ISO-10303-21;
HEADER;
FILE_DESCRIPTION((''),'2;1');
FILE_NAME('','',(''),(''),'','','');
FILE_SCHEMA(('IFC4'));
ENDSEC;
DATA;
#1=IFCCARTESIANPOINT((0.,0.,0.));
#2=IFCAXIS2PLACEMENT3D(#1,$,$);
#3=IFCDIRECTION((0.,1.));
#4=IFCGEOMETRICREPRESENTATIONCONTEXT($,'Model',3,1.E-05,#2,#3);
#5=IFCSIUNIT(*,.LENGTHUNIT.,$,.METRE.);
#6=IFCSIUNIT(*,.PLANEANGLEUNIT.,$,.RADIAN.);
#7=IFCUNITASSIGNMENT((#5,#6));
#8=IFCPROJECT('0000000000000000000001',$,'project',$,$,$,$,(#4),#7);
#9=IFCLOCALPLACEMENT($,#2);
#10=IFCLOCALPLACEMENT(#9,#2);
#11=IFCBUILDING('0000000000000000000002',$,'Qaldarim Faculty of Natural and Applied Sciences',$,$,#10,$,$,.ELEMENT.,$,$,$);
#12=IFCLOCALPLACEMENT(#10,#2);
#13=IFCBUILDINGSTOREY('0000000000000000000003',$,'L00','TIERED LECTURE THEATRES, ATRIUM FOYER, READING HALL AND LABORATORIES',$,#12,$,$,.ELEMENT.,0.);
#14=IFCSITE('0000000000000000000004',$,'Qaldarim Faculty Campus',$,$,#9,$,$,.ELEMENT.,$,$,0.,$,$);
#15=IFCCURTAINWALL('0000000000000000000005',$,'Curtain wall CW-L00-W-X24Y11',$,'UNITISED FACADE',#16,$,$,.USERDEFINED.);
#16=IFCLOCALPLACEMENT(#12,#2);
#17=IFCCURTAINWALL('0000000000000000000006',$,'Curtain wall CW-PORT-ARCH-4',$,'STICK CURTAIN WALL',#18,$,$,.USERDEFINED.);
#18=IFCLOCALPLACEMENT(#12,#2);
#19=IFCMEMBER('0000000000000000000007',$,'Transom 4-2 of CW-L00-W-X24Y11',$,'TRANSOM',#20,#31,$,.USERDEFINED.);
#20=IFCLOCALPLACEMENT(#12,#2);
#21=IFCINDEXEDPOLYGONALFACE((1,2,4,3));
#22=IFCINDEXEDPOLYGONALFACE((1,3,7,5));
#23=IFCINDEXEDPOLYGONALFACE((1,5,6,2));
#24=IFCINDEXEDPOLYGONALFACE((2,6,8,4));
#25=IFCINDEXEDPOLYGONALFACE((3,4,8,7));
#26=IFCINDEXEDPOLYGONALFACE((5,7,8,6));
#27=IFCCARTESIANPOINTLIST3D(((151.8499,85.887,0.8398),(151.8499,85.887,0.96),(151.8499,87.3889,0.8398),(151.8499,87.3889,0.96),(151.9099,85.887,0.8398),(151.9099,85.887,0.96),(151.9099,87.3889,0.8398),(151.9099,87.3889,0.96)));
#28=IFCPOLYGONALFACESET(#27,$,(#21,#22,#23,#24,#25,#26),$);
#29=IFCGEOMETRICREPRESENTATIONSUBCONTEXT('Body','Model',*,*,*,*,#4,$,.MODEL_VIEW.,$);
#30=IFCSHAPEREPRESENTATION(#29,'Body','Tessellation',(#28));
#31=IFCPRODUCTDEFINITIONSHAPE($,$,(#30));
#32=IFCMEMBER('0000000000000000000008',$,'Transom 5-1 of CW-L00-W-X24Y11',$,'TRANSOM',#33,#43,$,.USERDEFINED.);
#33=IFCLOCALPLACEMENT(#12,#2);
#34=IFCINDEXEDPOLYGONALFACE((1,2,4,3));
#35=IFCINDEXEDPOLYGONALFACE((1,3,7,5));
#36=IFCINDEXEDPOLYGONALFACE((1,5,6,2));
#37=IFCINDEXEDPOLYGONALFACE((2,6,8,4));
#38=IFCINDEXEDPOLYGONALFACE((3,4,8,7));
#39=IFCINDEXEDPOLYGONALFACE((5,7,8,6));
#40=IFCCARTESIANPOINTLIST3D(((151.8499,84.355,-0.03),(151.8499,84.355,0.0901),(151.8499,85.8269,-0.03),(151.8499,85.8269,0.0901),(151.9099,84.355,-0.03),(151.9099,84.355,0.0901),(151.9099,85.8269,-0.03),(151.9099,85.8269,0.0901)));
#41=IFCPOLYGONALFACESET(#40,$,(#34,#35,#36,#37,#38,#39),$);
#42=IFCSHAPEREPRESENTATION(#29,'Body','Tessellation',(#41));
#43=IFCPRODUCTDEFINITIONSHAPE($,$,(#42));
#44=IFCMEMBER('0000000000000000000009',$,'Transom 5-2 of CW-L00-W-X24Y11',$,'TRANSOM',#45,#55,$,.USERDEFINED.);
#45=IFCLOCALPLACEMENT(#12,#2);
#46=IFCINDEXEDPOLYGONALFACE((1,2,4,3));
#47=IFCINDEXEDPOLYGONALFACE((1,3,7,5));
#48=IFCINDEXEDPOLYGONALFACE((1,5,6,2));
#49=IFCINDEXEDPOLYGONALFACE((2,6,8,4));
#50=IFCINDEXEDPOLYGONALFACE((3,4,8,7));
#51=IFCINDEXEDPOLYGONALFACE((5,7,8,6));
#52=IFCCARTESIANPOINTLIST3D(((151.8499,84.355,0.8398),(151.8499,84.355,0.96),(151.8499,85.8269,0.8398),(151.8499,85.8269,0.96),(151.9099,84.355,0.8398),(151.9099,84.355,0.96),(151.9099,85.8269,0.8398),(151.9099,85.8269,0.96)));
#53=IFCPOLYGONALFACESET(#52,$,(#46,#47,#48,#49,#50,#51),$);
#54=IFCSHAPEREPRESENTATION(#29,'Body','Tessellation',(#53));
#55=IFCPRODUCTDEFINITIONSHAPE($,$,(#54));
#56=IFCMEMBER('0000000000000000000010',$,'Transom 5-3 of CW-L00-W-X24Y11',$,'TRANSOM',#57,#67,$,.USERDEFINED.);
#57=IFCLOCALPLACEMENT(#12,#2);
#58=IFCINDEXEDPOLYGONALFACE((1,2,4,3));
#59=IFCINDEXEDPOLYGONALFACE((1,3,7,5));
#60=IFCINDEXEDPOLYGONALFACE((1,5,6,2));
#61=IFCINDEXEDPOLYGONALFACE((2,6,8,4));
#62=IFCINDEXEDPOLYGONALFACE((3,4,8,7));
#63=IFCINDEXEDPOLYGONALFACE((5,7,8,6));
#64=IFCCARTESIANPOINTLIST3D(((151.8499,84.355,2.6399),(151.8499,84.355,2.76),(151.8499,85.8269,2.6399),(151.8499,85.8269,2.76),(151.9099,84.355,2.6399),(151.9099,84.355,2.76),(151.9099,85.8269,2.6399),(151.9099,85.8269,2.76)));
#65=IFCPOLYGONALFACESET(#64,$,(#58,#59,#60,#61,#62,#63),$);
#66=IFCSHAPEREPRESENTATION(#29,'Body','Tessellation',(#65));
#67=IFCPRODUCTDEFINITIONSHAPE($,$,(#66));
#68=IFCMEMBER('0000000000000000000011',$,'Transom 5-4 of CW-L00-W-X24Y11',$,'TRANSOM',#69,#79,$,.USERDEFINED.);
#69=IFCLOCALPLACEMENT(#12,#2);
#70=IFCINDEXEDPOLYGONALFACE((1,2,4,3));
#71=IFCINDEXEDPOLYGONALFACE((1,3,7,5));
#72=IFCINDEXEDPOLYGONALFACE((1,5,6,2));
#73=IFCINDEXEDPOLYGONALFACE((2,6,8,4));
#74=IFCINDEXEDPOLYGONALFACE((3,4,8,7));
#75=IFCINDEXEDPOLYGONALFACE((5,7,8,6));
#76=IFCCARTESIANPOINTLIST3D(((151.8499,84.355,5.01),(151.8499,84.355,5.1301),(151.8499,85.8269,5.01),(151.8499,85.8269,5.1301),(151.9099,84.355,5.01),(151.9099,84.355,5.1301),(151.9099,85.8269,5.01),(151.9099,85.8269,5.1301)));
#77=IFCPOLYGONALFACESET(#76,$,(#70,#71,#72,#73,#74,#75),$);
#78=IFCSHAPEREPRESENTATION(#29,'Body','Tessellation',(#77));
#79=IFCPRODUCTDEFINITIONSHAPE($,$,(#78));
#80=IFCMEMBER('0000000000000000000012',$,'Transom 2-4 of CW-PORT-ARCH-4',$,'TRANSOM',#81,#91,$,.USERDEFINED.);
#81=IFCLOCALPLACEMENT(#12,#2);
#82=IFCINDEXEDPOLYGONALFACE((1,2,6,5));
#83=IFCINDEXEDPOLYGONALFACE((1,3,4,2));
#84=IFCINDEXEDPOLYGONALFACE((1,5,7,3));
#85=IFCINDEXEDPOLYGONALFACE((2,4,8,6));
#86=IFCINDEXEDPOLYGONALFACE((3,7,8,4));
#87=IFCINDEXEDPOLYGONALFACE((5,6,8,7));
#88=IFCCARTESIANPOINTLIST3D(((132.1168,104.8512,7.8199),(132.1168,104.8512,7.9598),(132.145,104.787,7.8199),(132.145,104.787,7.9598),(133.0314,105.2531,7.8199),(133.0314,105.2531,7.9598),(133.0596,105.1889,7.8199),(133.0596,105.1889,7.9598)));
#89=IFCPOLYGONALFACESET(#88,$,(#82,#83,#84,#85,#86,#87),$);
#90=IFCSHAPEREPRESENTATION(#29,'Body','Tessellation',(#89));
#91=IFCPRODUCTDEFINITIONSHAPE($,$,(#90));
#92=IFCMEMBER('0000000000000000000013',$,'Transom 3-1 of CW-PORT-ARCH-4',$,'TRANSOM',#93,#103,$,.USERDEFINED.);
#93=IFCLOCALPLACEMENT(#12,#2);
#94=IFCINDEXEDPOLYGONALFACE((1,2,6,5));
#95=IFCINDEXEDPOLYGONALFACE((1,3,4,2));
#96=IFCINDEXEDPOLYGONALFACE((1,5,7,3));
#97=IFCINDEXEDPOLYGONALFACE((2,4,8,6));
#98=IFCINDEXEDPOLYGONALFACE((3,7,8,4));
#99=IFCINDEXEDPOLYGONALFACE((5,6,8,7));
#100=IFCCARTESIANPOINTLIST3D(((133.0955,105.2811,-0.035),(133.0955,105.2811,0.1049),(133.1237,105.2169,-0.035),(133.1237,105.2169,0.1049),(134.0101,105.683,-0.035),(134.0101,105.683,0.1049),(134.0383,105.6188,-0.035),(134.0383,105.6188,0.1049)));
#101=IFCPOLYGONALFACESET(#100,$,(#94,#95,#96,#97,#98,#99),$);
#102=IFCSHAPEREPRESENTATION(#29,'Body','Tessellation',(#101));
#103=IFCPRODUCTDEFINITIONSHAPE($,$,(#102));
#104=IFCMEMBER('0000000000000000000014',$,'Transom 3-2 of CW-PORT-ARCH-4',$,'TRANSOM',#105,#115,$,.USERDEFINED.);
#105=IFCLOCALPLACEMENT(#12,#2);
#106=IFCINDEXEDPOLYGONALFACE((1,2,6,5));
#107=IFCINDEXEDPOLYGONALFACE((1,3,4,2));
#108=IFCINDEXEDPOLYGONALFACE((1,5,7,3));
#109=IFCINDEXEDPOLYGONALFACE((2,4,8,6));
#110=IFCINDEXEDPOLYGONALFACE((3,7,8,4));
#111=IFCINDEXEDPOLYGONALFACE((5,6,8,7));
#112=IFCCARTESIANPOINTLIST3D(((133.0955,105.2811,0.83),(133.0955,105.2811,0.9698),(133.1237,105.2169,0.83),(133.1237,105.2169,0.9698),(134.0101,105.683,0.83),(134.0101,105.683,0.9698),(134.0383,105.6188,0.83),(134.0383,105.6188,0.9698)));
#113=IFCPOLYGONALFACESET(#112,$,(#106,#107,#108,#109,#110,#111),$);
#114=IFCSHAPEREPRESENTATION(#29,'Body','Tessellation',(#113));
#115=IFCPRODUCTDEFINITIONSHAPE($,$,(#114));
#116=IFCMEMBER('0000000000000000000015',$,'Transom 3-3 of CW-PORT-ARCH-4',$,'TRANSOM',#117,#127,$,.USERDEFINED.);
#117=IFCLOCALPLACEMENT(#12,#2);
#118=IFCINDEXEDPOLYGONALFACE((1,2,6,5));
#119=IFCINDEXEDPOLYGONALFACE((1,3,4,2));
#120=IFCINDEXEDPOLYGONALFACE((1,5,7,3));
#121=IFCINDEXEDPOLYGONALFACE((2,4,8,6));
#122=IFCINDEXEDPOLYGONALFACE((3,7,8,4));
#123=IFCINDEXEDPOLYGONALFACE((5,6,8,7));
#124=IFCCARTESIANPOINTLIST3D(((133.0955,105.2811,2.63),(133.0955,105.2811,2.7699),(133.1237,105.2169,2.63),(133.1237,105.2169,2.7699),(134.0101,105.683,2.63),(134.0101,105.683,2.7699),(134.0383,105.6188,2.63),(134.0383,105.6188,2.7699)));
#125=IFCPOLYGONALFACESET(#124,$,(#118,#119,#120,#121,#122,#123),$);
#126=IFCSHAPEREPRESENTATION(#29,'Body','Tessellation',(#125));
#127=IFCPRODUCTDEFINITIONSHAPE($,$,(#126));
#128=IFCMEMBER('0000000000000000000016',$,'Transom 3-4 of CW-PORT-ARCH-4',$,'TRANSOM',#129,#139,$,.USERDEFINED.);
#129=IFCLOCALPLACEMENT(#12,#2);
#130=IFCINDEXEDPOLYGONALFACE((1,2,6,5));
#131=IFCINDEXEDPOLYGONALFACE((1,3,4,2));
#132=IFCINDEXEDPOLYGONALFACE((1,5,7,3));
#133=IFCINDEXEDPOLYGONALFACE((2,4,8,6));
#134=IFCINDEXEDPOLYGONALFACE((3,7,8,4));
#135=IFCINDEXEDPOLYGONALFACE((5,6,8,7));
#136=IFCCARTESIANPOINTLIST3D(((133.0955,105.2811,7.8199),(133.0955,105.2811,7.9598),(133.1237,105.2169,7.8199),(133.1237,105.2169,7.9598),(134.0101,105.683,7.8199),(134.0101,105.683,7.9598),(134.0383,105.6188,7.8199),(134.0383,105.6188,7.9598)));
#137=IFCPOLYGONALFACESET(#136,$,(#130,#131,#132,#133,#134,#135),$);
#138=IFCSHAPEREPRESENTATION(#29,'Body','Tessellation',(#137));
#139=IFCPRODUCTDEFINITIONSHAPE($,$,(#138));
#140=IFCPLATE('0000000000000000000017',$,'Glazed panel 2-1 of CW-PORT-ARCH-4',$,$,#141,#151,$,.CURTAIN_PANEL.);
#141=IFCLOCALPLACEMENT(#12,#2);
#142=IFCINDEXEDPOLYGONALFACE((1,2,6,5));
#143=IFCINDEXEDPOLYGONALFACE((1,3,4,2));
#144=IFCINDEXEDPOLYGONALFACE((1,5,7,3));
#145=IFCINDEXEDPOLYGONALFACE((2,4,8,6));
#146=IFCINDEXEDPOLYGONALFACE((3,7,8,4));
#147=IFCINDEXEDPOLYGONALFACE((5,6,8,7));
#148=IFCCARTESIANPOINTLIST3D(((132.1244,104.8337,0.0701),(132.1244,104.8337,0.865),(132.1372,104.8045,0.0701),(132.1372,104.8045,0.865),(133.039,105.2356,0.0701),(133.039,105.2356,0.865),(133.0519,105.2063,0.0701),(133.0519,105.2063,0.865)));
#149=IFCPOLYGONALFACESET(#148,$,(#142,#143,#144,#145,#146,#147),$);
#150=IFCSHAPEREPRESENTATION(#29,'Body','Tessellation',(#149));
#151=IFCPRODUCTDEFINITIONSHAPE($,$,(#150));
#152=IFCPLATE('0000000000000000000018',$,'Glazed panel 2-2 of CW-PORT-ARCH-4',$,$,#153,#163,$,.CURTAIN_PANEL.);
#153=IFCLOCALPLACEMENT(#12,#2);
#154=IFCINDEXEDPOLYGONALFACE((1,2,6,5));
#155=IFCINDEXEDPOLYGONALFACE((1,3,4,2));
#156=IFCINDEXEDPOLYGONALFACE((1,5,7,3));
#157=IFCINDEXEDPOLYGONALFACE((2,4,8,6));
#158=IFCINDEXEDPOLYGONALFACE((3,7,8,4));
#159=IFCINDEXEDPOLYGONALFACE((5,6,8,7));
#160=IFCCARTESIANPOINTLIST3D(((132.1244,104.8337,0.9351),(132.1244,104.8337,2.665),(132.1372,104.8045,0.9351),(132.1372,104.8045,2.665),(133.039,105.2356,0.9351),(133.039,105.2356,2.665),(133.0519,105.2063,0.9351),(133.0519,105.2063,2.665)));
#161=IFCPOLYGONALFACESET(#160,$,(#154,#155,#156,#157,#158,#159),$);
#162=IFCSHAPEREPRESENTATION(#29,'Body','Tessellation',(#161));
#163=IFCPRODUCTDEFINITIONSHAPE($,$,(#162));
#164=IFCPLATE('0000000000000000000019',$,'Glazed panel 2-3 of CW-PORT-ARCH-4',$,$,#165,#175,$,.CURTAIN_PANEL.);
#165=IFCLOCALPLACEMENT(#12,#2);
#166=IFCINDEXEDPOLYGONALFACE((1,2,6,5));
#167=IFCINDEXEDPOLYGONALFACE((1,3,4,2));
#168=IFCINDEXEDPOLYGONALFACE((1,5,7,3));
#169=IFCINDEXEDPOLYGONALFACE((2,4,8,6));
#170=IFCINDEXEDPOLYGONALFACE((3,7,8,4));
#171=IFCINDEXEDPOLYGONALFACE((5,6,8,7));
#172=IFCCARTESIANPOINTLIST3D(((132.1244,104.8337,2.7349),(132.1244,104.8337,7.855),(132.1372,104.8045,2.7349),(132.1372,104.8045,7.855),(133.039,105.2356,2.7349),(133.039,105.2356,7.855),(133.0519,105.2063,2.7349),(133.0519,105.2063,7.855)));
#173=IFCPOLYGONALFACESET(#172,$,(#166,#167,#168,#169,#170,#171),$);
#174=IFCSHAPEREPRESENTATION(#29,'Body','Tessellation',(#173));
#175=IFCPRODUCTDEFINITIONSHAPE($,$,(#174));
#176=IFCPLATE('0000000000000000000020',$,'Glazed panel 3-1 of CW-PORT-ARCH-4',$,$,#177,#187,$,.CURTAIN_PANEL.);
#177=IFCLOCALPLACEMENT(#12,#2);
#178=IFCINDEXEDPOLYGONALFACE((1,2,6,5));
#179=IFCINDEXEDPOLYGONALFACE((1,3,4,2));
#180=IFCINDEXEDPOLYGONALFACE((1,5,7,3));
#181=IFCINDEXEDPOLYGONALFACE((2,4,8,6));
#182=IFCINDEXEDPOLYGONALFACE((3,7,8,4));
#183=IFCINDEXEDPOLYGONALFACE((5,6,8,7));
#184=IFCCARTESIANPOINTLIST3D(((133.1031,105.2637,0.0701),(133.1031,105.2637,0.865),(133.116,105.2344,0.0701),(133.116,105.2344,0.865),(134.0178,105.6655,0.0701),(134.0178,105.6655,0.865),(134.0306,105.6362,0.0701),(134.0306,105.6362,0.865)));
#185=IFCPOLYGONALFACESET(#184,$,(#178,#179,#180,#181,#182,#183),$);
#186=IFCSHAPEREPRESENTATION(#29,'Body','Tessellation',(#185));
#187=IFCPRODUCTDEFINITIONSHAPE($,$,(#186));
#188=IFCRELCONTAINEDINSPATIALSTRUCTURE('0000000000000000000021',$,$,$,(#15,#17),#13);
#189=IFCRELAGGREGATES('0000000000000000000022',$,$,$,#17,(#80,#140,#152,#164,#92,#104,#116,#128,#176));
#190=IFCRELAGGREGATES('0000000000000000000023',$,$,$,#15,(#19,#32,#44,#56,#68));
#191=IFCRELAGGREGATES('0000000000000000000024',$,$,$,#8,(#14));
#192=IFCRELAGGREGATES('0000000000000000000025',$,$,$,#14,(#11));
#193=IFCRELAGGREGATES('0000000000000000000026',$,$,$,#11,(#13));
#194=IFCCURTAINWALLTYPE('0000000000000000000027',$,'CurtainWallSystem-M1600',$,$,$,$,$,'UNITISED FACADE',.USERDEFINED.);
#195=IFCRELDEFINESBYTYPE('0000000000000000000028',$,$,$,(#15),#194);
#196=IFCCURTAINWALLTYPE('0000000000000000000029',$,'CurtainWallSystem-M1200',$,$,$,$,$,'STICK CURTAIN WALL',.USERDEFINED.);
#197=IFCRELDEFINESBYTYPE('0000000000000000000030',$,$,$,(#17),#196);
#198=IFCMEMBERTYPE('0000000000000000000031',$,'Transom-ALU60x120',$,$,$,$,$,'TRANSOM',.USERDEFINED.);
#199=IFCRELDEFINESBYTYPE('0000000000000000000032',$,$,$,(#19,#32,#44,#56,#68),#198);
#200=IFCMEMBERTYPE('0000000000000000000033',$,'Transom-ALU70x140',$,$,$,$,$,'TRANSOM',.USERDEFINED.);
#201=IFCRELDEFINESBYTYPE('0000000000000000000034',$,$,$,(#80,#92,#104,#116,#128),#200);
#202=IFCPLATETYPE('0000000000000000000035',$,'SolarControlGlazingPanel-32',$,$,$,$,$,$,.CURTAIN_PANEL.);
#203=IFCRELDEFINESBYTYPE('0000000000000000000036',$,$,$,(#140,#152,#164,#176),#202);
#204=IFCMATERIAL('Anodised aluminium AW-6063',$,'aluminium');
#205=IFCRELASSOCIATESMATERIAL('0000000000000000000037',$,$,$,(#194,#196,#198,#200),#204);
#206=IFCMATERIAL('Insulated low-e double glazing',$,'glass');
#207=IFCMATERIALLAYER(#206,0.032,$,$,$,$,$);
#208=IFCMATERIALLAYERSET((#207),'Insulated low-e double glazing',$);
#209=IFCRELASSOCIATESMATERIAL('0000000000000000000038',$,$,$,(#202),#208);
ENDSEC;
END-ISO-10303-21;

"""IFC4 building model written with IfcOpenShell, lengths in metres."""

from ifc_helpers import new_model, si_unit, direction, frame, origin, origin_2d, place, context, subcontext, project, spatial, rectangle, extrude, material, layer, layer_set, material_profile, profile_set, type_object, element, aggregate, save


model = new_model("IFC4")

# Units and contexts
model_context = context("Model", 3, precision=1e-05, world=origin(), true_north=direction((0.0, 1.0)))
body_context = subcontext(model_context, "Body", "Model", "MODEL_VIEW")
ifc_project = project(units=[si_unit("LENGTHUNIT", "METRE"), si_unit("PLANEANGLEUNIT", "RADIAN")], contexts=[model_context])

# Site, building, storey
site_placement = place(None, origin())
site = spatial("IfcSite", under=ifc_project, at=site_placement, Name="Qaldarim Faculty Campus", CompositionType="ELEMENT", RefElevation=0.0)
building_placement = place(site_placement, origin())
building = spatial("IfcBuilding", under=site, at=building_placement, Name="Qaldarim Faculty of Natural and Applied Sciences", CompositionType="ELEMENT")
storey_placement = place(building_placement, origin())
storey = spatial("IfcBuildingStorey", under=building, at=storey_placement, Name="L00", Description="TIERED LECTURE THEATRES, ATRIUM FOYER, READING HALL AND LABORATORIES", CompositionType="ELEMENT", Elevation=0.0)

# Curtain wall
ifc_material_1 = material(Name="Anodised aluminium AW-6063", Category="aluminium")
curtain_wall_type_1 = type_object("IfcCurtainWallType", Name="CurtainWallSystem-M1600", ElementType="UNITISED FACADE", PredefinedType="USERDEFINED", material=ifc_material_1)
curtain_wall_1_placement = place(storey_placement, origin())
curtain_wall_1 = element("IfcCurtainWall", 1, at=curtain_wall_1_placement, inside=storey, type_object=curtain_wall_type_1, Name="Curtain wall CW-L00-W-X24Y11", ObjectType="UNITISED FACADE", PredefinedType="USERDEFINED")

# Curtain wall
curtain_wall_type_2 = type_object("IfcCurtainWallType", Name="CurtainWallSystem-M1200", ElementType="STICK CURTAIN WALL", PredefinedType="USERDEFINED", material=ifc_material_1)
curtain_wall_2_placement = place(storey_placement, origin())
curtain_wall_2 = element("IfcCurtainWall", 2, at=curtain_wall_2_placement, inside=storey, type_object=curtain_wall_type_2, Name="Curtain wall CW-PORT-ARCH-4", ObjectType="STICK CURTAIN WALL", PredefinedType="USERDEFINED")

# Members
ifc_material_profile_1 = material_profile(ifc_material_1, rectangle(XDim=0.0601, YDim=0.1201, at=origin_2d()), Name="ALU-T60x120")
ifc_profile_set_1 = profile_set([ifc_material_profile_1], Name="Anodised aluminium AW-6063")
member_type_1 = type_object("IfcMemberType", Name="Transom-ALU60x120", ElementType="TRANSOM", PredefinedType="USERDEFINED", material=ifc_profile_set_1)
member_1_placement = place(storey_placement, frame((151.8799, 87.3889, 0.8999), z_axis=(0.0, -1.0, 0.0), x_axis=(1.0, 0.0, 0.0)))
member_1 = element("IfcMember", 3, at=member_1_placement, type_object=member_type_1, Name="Transom 4-2 of CW-L00-W-X24Y11", ObjectType="TRANSOM", PredefinedType="USERDEFINED", context=body_context, shape_type="SweptSolid", body=[
    extrude(rectangle(XDim=0.0601, YDim=0.1201, at=origin_2d()), origin(), (0.0, 0.0, 1.0), 1.502),
])
member_2_placement = place(storey_placement, frame((151.8799, 85.8269, 0.03), z_axis=(0.0, -1.0, 0.0), x_axis=(1.0, 0.0, 0.0)))
member_2 = element("IfcMember", 4, at=member_2_placement, type_object=member_type_1, Name="Transom 5-1 of CW-L00-W-X24Y11", ObjectType="TRANSOM", PredefinedType="USERDEFINED", context=body_context, shape_type="SweptSolid", body=[
    extrude(rectangle(XDim=0.0601, YDim=0.1201, at=origin_2d()), origin(), (0.0, 0.0, 1.0), 1.4719),
])
member_3_placement = place(storey_placement, frame((151.8799, 85.8269, 0.8999), z_axis=(0.0, -1.0, 0.0), x_axis=(1.0, 0.0, 0.0)))
member_3 = element("IfcMember", 5, at=member_3_placement, type_object=member_type_1, Name="Transom 5-2 of CW-L00-W-X24Y11", ObjectType="TRANSOM", PredefinedType="USERDEFINED", context=body_context, shape_type="SweptSolid", body=[
    extrude(rectangle(XDim=0.0601, YDim=0.1201, at=origin_2d()), origin(), (0.0, 0.0, 1.0), 1.4719),
])
member_4_placement = place(storey_placement, frame((151.8799, 85.8269, 2.7), z_axis=(0.0, -1.0, 0.0), x_axis=(1.0, 0.0, 0.0)))
member_4 = element("IfcMember", 6, at=member_4_placement, type_object=member_type_1, Name="Transom 5-3 of CW-L00-W-X24Y11", ObjectType="TRANSOM", PredefinedType="USERDEFINED", context=body_context, shape_type="SweptSolid", body=[
    extrude(rectangle(XDim=0.0601, YDim=0.1201, at=origin_2d()), origin(), (0.0, 0.0, 1.0), 1.4719),
])
member_5_placement = place(storey_placement, frame((151.8799, 85.8269, 5.0701), z_axis=(0.0, -1.0, 0.0), x_axis=(1.0, 0.0, 0.0)))
member_5 = element("IfcMember", 7, at=member_5_placement, type_object=member_type_1, Name="Transom 5-4 of CW-L00-W-X24Y11", ObjectType="TRANSOM", PredefinedType="USERDEFINED", context=body_context, shape_type="SweptSolid", body=[
    extrude(rectangle(XDim=0.0601, YDim=0.1201, at=origin_2d()), origin(), (0.0, 0.0, 1.0), 1.4719),
])
ifc_material_profile_2 = material_profile(ifc_material_1, rectangle(XDim=0.0701, YDim=0.1399, at=origin_2d()), Name="ALU-T70x140")
ifc_profile_set_2 = profile_set([ifc_material_profile_2], Name="Anodised aluminium AW-6063")
member_type_2 = type_object("IfcMemberType", Name="Transom-ALU70x140", ElementType="TRANSOM", PredefinedType="USERDEFINED", material=ifc_profile_set_2)
member_6_placement = place(storey_placement, frame((132.1309, 104.8191, 7.8899), z_axis=(0.915517, 0.40228, 0.0), x_axis=(-0.40228, 0.915517, 0.0)))
member_6 = element("IfcMember", 8, at=member_6_placement, type_object=member_type_2, Name="Transom 2-4 of CW-PORT-ARCH-4", ObjectType="TRANSOM", PredefinedType="USERDEFINED", context=body_context, shape_type="SweptSolid", body=[
    extrude(rectangle(XDim=0.0701, YDim=0.1399, at=origin_2d()), origin(), (0.0, 0.0, 1.0), 0.999),
])
member_7_placement = place(storey_placement, frame((133.1096, 105.249, 0.0349), z_axis=(0.915517, 0.40228, 0.0), x_axis=(-0.40228, 0.915517, 0.0)))
member_7 = element("IfcMember", 9, at=member_7_placement, type_object=member_type_2, Name="Transom 3-1 of CW-PORT-ARCH-4", ObjectType="TRANSOM", PredefinedType="USERDEFINED", context=body_context, shape_type="SweptSolid", body=[
    extrude(rectangle(XDim=0.0701, YDim=0.1399, at=origin_2d()), origin(), (0.0, 0.0, 1.0), 0.999),
])
member_8_placement = place(storey_placement, frame((133.1096, 105.249, 0.8999), z_axis=(0.915517, 0.40228, 0.0), x_axis=(-0.40228, 0.915517, 0.0)))
member_8 = element("IfcMember", 10, at=member_8_placement, type_object=member_type_2, Name="Transom 3-2 of CW-PORT-ARCH-4", ObjectType="TRANSOM", PredefinedType="USERDEFINED", context=body_context, shape_type="SweptSolid", body=[
    extrude(rectangle(XDim=0.0701, YDim=0.1399, at=origin_2d()), origin(), (0.0, 0.0, 1.0), 0.999),
])
member_9_placement = place(storey_placement, frame((133.1096, 105.249, 2.7), z_axis=(0.915517, 0.40228, 0.0), x_axis=(-0.40228, 0.915517, 0.0)))
member_9 = element("IfcMember", 11, at=member_9_placement, type_object=member_type_2, Name="Transom 3-3 of CW-PORT-ARCH-4", ObjectType="TRANSOM", PredefinedType="USERDEFINED", context=body_context, shape_type="SweptSolid", body=[
    extrude(rectangle(XDim=0.0701, YDim=0.1399, at=origin_2d()), origin(), (0.0, 0.0, 1.0), 0.999),
])
member_10_placement = place(storey_placement, frame((133.1096, 105.249, 7.8899), z_axis=(0.915517, 0.40228, 0.0), x_axis=(-0.40228, 0.915517, 0.0)))
member_10 = element("IfcMember", 12, at=member_10_placement, type_object=member_type_2, Name="Transom 3-4 of CW-PORT-ARCH-4", ObjectType="TRANSOM", PredefinedType="USERDEFINED", context=body_context, shape_type="SweptSolid", body=[
    extrude(rectangle(XDim=0.0701, YDim=0.1399, at=origin_2d()), origin(), (0.0, 0.0, 1.0), 0.999),
])

# Plates
ifc_material_2 = material(Name="Insulated low-e double glazing", Category="glass")
ifc_layer_1 = layer(ifc_material_2, 0.032)
ifc_layer_set_1 = layer_set([ifc_layer_1], Name="Insulated low-e double glazing")
plate_type_1 = type_object("IfcPlateType", Name="SolarControlGlazingPanel-32", PredefinedType="CURTAIN_PANEL", material=ifc_layer_set_1)
plate_1_placement = place(storey_placement, frame((132.5881, 105.02, 0.0701), z_axis=(0.0, 0.0, 1.0), x_axis=(0.915536, 0.402235, 0.0)))
plate_1 = element("IfcPlate", 13, at=plate_1_placement, type_object=plate_type_1, Name="Glazed panel 2-1 of CW-PORT-ARCH-4", PredefinedType="CURTAIN_PANEL", context=body_context, shape_type="SweptSolid", body=[
    extrude(rectangle(XDim=0.999, YDim=0.032, at=origin_2d()), origin(), (0.0, 0.0, 1.0), 0.7949),
])
plate_2_placement = place(storey_placement, frame((132.5881, 105.02, 0.9351), z_axis=(0.0, 0.0, 1.0), x_axis=(0.915536, 0.402235, 0.0)))
plate_2 = element("IfcPlate", 14, at=plate_2_placement, type_object=plate_type_1, Name="Glazed panel 2-2 of CW-PORT-ARCH-4", PredefinedType="CURTAIN_PANEL", context=body_context, shape_type="SweptSolid", body=[
    extrude(rectangle(XDim=0.999, YDim=0.032, at=origin_2d()), origin(), (0.0, 0.0, 1.0), 1.73),
])
plate_3_placement = place(storey_placement, frame((132.5881, 105.02, 2.7349), z_axis=(0.0, 0.0, 1.0), x_axis=(0.915536, 0.402235, 0.0)))
plate_3 = element("IfcPlate", 15, at=plate_3_placement, type_object=plate_type_1, Name="Glazed panel 2-3 of CW-PORT-ARCH-4", PredefinedType="CURTAIN_PANEL", context=body_context, shape_type="SweptSolid", body=[
    extrude(rectangle(XDim=0.999, YDim=0.032, at=origin_2d()), origin(), (0.0, 0.0, 1.0), 5.1201),
])
plate_4_placement = place(storey_placement, frame((133.5669, 105.45, 0.0701), z_axis=(0.0, 0.0, 1.0), x_axis=(0.915536, 0.402235, 0.0)))
plate_4 = element("IfcPlate", 16, at=plate_4_placement, type_object=plate_type_1, Name="Glazed panel 3-1 of CW-PORT-ARCH-4", PredefinedType="CURTAIN_PANEL", context=body_context, shape_type="SweptSolid", body=[
    extrude(rectangle(XDim=0.999, YDim=0.032, at=origin_2d()), origin(), (0.0, 0.0, 1.0), 0.7949),
])
aggregate(curtain_wall_2, [member_6, plate_1, plate_2, plate_3, member_7, member_8, member_9, member_10, plate_4])
aggregate(curtain_wall_1, [member_1, member_2, member_3, member_4, member_5])

save(model, "model.ifc")
